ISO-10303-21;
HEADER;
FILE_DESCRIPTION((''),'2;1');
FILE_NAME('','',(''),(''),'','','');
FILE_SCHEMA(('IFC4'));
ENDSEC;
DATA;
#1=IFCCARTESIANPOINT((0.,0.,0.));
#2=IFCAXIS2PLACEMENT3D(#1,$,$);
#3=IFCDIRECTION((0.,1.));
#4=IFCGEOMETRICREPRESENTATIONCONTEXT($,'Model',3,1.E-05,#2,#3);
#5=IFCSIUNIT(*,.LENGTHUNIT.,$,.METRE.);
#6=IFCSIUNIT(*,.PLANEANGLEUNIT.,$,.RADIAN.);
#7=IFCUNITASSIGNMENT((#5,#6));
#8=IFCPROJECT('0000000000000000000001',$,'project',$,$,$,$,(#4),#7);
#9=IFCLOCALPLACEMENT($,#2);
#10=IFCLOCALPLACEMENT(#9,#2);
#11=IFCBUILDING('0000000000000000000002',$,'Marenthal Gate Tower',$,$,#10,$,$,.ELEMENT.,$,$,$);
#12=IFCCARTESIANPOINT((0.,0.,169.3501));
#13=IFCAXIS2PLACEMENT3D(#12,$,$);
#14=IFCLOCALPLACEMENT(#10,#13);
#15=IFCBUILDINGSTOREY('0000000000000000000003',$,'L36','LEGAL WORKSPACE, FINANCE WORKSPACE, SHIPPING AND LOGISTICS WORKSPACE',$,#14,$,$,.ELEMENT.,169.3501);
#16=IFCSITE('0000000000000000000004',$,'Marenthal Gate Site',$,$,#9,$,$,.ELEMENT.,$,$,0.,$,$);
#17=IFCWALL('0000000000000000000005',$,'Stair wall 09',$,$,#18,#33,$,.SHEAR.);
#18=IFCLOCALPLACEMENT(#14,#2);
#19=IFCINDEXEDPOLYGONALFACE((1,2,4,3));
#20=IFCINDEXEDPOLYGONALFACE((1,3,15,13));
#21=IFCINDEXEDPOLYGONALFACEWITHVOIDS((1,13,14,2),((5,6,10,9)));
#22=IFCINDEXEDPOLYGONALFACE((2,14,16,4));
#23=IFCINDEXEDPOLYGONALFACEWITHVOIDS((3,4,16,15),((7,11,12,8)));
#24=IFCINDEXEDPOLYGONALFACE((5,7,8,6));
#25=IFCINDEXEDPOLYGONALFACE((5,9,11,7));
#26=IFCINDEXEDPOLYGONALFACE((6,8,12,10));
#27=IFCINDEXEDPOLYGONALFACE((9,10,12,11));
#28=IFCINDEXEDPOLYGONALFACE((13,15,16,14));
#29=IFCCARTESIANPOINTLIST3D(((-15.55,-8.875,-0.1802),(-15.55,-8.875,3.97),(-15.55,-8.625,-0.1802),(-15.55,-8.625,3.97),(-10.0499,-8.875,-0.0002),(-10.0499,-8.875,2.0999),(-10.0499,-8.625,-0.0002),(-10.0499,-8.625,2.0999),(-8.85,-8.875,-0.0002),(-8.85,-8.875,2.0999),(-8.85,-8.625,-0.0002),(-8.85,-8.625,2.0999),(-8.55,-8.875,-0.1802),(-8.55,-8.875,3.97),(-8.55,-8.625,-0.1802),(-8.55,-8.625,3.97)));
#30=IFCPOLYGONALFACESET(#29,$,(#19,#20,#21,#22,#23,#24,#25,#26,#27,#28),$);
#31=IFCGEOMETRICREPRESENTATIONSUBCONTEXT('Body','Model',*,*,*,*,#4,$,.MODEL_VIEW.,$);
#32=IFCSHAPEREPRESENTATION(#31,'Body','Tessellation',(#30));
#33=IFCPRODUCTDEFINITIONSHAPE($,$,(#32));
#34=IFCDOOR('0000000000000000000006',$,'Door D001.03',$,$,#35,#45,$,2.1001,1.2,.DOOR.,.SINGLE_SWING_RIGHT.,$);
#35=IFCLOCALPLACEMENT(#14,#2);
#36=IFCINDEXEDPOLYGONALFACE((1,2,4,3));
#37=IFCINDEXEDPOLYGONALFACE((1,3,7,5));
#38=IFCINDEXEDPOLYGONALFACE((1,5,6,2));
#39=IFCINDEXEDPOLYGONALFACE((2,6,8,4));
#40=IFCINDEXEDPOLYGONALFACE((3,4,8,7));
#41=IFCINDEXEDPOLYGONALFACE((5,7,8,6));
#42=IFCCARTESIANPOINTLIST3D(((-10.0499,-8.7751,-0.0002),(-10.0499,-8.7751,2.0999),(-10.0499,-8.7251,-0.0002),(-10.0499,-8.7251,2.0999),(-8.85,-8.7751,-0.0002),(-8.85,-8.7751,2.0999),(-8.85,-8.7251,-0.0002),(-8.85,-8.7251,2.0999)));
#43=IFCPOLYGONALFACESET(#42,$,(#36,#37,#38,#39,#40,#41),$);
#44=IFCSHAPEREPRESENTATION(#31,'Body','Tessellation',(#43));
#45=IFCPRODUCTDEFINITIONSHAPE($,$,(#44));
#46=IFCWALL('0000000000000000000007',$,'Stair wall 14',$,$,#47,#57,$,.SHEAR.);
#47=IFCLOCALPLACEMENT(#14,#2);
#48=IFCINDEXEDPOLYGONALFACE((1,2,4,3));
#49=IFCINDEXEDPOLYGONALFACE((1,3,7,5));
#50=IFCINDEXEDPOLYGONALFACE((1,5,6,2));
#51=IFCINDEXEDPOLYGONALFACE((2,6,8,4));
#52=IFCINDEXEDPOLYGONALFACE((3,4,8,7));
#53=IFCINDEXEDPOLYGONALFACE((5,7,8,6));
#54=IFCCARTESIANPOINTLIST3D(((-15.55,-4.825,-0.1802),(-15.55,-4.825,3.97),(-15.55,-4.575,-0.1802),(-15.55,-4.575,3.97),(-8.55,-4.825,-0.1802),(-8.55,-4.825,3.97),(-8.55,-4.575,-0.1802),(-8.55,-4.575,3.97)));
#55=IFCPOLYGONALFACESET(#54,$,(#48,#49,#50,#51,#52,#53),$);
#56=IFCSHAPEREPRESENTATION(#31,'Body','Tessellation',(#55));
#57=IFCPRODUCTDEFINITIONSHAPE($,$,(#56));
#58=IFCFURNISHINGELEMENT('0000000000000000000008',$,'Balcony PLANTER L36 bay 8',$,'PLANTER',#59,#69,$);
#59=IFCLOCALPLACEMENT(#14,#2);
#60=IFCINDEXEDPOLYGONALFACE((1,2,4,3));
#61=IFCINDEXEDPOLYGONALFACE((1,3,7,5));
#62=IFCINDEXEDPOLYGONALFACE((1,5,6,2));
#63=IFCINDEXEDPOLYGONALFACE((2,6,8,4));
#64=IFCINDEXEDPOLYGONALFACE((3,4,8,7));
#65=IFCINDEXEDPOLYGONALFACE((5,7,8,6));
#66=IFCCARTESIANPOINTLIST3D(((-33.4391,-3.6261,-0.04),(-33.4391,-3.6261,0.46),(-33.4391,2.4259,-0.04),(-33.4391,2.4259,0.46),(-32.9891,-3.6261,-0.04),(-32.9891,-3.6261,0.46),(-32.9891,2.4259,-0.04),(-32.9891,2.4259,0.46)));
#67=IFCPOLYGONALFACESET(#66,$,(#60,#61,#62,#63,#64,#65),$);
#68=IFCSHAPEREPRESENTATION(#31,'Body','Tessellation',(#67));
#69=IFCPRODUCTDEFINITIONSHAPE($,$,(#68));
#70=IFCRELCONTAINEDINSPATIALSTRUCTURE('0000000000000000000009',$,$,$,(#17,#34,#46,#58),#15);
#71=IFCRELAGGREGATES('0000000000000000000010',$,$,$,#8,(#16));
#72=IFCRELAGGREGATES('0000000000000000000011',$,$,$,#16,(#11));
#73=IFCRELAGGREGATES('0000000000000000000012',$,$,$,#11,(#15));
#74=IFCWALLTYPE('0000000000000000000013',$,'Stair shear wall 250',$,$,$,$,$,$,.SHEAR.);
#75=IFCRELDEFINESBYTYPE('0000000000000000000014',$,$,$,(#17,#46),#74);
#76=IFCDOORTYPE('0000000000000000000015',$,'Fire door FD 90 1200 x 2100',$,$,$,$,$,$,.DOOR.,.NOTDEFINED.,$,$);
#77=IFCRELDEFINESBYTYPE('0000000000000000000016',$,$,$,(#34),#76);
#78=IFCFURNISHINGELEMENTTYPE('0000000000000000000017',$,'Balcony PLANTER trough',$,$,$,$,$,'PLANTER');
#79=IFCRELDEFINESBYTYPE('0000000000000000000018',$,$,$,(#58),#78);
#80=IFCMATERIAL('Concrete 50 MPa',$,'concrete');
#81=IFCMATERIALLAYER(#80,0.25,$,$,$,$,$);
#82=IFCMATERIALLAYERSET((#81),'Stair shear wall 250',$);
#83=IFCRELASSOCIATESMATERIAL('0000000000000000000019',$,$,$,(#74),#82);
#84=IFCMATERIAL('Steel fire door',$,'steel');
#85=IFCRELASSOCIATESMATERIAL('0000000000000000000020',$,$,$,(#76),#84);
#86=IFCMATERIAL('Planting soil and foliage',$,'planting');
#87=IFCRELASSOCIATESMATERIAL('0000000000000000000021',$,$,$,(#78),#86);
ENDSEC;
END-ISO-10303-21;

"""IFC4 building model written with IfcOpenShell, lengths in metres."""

from ifc_helpers import new_model, si_unit, direction, frame, frame_2d, origin, origin_2d, place, context, subcontext, project, spatial, rectangle, extrude, material, layer, layer_set, type_object, element, fill, save


model = new_model("IFC4")

# Units and contexts
model_context = context("Model", 3, precision=1e-05, world=origin(), true_north=direction((0.0, 1.0)))
body_context = subcontext(model_context, "Body", "Model", "MODEL_VIEW")
ifc_project = project(units=[si_unit("LENGTHUNIT", "METRE"), si_unit("PLANEANGLEUNIT", "RADIAN")], contexts=[model_context])

# Site, building, storey
site_placement = place(None, origin())
site = spatial("IfcSite", under=ifc_project, at=site_placement, Name="Marenthal Gate Site", CompositionType="ELEMENT", RefElevation=0.0)
building_placement = place(site_placement, origin())
building = spatial("IfcBuilding", under=site, at=building_placement, Name="Marenthal Gate Tower", CompositionType="ELEMENT")
storey_placement = place(building_placement, frame((0.0, 0.0, 169.3501)))
storey = spatial("IfcBuildingStorey", under=building, at=storey_placement, Name="L36", Description="LEGAL WORKSPACE, FINANCE WORKSPACE, SHIPPING AND LOGISTICS WORKSPACE", CompositionType="ELEMENT", Elevation=169.3501)

# Wall, opening, door
ifc_material_1 = material(Name="Concrete 50 MPa", Category="concrete")
ifc_layer_1 = layer(ifc_material_1, 0.25)
ifc_layer_set_1 = layer_set([ifc_layer_1], Name="Stair shear wall 250")
wall_type_1 = type_object("IfcWallType", Name="Stair shear wall 250", PredefinedType="SHEAR", material=ifc_layer_set_1)
wall_1_placement = place(storey_placement, frame((-15.55, -8.75, -0.1802), z_axis=(0.0, 0.0, 1.0), x_axis=(1.0, 0.0, 0.0)))
wall_1 = element("IfcWall", 1, at=wall_1_placement, inside=storey, type_object=wall_type_1, Name="Stair wall 09", PredefinedType="SHEAR", context=body_context, shape_type="SweptSolid", body=[
    extrude(rectangle(XDim=7.0, YDim=0.25, at=frame_2d((3.5, 0.0))), origin(), (0.0, 0.0, 1.0), 4.1501),
])
opening_placement = place(wall_1_placement, frame((5.5, 0.0, 0.1799)))
opening = element("IfcOpeningElement", 2, at=opening_placement, cuts=wall_1, PredefinedType="OPENING", context=body_context, shape_type="SweptSolid", body=[
    extrude(rectangle(XDim=1.2, YDim=2.1001, at=frame_2d((0.6001, 1.05))), frame((0.0, 0.135, 0.0), z_axis=(0.0, -1.0, 0.0), x_axis=(1.0, 0.0, 0.0)), (0.0, 0.0, 1.0), 0.27),
])
ifc_material_2 = material(Name="Steel fire door", Category="steel")
door_type = type_object("IfcDoorType", Name="Fire door FD 90 1200 x 2100", OperationType="NOTDEFINED", PredefinedType="DOOR", material=ifc_material_2)
door_placement = place(opening_placement, origin())
door = element("IfcDoor", 3, at=door_placement, inside=storey, type_object=door_type, Name="Door D001.03", OperationType="SINGLE_SWING_RIGHT", OverallHeight=2.1001, OverallWidth=1.2, PredefinedType="DOOR", context=body_context, shape_type="SweptSolid", body=[
    extrude(rectangle(XDim=1.2, YDim=2.1001, at=frame_2d((0.6001, 1.05))), frame((0.0, 0.0249, 0.0), z_axis=(0.0, -1.0, 0.0), x_axis=(1.0, 0.0, 0.0)), (0.0, 0.0, 1.0), 0.05),
])
fill(opening, door)

# Wall
wall_2_placement = place(storey_placement, frame((-15.55, -4.7, -0.1802), z_axis=(0.0, 0.0, 1.0), x_axis=(1.0, 0.0, 0.0)))
element("IfcWall", 4, at=wall_2_placement, inside=storey, type_object=wall_type_1, Name="Stair wall 14", PredefinedType="SHEAR", context=body_context, shape_type="SweptSolid", body=[
    extrude(rectangle(XDim=7.0, YDim=0.25, at=frame_2d((3.5, 0.0))), origin(), (0.0, 0.0, 1.0), 4.1501),
])

# Furnishing element
ifc_material_3 = material(Name="Planting soil and foliage", Category="planting")
furnishing_element_type = type_object("IfcFurnishingElementType", Name="Balcony PLANTER trough", ElementType="PLANTER", material=ifc_material_3)
furnishing_placement = place(storey_placement, frame((-33.2141, -0.6001, -0.04), z_axis=(0.0, 0.0, 1.0), x_axis=(0.0, -1.0, 0.0)))
element("IfcFurnishingElement", 5, at=furnishing_placement, inside=storey, type_object=furnishing_element_type, Name="Balcony PLANTER L36 bay 8", ObjectType="PLANTER", context=body_context, shape_type="SweptSolid", body=[
    extrude(rectangle(XDim=6.052, YDim=0.45, at=origin_2d()), origin(), (0.0, 0.0, 1.0), 0.5),
])

save(model, "model.ifc")
